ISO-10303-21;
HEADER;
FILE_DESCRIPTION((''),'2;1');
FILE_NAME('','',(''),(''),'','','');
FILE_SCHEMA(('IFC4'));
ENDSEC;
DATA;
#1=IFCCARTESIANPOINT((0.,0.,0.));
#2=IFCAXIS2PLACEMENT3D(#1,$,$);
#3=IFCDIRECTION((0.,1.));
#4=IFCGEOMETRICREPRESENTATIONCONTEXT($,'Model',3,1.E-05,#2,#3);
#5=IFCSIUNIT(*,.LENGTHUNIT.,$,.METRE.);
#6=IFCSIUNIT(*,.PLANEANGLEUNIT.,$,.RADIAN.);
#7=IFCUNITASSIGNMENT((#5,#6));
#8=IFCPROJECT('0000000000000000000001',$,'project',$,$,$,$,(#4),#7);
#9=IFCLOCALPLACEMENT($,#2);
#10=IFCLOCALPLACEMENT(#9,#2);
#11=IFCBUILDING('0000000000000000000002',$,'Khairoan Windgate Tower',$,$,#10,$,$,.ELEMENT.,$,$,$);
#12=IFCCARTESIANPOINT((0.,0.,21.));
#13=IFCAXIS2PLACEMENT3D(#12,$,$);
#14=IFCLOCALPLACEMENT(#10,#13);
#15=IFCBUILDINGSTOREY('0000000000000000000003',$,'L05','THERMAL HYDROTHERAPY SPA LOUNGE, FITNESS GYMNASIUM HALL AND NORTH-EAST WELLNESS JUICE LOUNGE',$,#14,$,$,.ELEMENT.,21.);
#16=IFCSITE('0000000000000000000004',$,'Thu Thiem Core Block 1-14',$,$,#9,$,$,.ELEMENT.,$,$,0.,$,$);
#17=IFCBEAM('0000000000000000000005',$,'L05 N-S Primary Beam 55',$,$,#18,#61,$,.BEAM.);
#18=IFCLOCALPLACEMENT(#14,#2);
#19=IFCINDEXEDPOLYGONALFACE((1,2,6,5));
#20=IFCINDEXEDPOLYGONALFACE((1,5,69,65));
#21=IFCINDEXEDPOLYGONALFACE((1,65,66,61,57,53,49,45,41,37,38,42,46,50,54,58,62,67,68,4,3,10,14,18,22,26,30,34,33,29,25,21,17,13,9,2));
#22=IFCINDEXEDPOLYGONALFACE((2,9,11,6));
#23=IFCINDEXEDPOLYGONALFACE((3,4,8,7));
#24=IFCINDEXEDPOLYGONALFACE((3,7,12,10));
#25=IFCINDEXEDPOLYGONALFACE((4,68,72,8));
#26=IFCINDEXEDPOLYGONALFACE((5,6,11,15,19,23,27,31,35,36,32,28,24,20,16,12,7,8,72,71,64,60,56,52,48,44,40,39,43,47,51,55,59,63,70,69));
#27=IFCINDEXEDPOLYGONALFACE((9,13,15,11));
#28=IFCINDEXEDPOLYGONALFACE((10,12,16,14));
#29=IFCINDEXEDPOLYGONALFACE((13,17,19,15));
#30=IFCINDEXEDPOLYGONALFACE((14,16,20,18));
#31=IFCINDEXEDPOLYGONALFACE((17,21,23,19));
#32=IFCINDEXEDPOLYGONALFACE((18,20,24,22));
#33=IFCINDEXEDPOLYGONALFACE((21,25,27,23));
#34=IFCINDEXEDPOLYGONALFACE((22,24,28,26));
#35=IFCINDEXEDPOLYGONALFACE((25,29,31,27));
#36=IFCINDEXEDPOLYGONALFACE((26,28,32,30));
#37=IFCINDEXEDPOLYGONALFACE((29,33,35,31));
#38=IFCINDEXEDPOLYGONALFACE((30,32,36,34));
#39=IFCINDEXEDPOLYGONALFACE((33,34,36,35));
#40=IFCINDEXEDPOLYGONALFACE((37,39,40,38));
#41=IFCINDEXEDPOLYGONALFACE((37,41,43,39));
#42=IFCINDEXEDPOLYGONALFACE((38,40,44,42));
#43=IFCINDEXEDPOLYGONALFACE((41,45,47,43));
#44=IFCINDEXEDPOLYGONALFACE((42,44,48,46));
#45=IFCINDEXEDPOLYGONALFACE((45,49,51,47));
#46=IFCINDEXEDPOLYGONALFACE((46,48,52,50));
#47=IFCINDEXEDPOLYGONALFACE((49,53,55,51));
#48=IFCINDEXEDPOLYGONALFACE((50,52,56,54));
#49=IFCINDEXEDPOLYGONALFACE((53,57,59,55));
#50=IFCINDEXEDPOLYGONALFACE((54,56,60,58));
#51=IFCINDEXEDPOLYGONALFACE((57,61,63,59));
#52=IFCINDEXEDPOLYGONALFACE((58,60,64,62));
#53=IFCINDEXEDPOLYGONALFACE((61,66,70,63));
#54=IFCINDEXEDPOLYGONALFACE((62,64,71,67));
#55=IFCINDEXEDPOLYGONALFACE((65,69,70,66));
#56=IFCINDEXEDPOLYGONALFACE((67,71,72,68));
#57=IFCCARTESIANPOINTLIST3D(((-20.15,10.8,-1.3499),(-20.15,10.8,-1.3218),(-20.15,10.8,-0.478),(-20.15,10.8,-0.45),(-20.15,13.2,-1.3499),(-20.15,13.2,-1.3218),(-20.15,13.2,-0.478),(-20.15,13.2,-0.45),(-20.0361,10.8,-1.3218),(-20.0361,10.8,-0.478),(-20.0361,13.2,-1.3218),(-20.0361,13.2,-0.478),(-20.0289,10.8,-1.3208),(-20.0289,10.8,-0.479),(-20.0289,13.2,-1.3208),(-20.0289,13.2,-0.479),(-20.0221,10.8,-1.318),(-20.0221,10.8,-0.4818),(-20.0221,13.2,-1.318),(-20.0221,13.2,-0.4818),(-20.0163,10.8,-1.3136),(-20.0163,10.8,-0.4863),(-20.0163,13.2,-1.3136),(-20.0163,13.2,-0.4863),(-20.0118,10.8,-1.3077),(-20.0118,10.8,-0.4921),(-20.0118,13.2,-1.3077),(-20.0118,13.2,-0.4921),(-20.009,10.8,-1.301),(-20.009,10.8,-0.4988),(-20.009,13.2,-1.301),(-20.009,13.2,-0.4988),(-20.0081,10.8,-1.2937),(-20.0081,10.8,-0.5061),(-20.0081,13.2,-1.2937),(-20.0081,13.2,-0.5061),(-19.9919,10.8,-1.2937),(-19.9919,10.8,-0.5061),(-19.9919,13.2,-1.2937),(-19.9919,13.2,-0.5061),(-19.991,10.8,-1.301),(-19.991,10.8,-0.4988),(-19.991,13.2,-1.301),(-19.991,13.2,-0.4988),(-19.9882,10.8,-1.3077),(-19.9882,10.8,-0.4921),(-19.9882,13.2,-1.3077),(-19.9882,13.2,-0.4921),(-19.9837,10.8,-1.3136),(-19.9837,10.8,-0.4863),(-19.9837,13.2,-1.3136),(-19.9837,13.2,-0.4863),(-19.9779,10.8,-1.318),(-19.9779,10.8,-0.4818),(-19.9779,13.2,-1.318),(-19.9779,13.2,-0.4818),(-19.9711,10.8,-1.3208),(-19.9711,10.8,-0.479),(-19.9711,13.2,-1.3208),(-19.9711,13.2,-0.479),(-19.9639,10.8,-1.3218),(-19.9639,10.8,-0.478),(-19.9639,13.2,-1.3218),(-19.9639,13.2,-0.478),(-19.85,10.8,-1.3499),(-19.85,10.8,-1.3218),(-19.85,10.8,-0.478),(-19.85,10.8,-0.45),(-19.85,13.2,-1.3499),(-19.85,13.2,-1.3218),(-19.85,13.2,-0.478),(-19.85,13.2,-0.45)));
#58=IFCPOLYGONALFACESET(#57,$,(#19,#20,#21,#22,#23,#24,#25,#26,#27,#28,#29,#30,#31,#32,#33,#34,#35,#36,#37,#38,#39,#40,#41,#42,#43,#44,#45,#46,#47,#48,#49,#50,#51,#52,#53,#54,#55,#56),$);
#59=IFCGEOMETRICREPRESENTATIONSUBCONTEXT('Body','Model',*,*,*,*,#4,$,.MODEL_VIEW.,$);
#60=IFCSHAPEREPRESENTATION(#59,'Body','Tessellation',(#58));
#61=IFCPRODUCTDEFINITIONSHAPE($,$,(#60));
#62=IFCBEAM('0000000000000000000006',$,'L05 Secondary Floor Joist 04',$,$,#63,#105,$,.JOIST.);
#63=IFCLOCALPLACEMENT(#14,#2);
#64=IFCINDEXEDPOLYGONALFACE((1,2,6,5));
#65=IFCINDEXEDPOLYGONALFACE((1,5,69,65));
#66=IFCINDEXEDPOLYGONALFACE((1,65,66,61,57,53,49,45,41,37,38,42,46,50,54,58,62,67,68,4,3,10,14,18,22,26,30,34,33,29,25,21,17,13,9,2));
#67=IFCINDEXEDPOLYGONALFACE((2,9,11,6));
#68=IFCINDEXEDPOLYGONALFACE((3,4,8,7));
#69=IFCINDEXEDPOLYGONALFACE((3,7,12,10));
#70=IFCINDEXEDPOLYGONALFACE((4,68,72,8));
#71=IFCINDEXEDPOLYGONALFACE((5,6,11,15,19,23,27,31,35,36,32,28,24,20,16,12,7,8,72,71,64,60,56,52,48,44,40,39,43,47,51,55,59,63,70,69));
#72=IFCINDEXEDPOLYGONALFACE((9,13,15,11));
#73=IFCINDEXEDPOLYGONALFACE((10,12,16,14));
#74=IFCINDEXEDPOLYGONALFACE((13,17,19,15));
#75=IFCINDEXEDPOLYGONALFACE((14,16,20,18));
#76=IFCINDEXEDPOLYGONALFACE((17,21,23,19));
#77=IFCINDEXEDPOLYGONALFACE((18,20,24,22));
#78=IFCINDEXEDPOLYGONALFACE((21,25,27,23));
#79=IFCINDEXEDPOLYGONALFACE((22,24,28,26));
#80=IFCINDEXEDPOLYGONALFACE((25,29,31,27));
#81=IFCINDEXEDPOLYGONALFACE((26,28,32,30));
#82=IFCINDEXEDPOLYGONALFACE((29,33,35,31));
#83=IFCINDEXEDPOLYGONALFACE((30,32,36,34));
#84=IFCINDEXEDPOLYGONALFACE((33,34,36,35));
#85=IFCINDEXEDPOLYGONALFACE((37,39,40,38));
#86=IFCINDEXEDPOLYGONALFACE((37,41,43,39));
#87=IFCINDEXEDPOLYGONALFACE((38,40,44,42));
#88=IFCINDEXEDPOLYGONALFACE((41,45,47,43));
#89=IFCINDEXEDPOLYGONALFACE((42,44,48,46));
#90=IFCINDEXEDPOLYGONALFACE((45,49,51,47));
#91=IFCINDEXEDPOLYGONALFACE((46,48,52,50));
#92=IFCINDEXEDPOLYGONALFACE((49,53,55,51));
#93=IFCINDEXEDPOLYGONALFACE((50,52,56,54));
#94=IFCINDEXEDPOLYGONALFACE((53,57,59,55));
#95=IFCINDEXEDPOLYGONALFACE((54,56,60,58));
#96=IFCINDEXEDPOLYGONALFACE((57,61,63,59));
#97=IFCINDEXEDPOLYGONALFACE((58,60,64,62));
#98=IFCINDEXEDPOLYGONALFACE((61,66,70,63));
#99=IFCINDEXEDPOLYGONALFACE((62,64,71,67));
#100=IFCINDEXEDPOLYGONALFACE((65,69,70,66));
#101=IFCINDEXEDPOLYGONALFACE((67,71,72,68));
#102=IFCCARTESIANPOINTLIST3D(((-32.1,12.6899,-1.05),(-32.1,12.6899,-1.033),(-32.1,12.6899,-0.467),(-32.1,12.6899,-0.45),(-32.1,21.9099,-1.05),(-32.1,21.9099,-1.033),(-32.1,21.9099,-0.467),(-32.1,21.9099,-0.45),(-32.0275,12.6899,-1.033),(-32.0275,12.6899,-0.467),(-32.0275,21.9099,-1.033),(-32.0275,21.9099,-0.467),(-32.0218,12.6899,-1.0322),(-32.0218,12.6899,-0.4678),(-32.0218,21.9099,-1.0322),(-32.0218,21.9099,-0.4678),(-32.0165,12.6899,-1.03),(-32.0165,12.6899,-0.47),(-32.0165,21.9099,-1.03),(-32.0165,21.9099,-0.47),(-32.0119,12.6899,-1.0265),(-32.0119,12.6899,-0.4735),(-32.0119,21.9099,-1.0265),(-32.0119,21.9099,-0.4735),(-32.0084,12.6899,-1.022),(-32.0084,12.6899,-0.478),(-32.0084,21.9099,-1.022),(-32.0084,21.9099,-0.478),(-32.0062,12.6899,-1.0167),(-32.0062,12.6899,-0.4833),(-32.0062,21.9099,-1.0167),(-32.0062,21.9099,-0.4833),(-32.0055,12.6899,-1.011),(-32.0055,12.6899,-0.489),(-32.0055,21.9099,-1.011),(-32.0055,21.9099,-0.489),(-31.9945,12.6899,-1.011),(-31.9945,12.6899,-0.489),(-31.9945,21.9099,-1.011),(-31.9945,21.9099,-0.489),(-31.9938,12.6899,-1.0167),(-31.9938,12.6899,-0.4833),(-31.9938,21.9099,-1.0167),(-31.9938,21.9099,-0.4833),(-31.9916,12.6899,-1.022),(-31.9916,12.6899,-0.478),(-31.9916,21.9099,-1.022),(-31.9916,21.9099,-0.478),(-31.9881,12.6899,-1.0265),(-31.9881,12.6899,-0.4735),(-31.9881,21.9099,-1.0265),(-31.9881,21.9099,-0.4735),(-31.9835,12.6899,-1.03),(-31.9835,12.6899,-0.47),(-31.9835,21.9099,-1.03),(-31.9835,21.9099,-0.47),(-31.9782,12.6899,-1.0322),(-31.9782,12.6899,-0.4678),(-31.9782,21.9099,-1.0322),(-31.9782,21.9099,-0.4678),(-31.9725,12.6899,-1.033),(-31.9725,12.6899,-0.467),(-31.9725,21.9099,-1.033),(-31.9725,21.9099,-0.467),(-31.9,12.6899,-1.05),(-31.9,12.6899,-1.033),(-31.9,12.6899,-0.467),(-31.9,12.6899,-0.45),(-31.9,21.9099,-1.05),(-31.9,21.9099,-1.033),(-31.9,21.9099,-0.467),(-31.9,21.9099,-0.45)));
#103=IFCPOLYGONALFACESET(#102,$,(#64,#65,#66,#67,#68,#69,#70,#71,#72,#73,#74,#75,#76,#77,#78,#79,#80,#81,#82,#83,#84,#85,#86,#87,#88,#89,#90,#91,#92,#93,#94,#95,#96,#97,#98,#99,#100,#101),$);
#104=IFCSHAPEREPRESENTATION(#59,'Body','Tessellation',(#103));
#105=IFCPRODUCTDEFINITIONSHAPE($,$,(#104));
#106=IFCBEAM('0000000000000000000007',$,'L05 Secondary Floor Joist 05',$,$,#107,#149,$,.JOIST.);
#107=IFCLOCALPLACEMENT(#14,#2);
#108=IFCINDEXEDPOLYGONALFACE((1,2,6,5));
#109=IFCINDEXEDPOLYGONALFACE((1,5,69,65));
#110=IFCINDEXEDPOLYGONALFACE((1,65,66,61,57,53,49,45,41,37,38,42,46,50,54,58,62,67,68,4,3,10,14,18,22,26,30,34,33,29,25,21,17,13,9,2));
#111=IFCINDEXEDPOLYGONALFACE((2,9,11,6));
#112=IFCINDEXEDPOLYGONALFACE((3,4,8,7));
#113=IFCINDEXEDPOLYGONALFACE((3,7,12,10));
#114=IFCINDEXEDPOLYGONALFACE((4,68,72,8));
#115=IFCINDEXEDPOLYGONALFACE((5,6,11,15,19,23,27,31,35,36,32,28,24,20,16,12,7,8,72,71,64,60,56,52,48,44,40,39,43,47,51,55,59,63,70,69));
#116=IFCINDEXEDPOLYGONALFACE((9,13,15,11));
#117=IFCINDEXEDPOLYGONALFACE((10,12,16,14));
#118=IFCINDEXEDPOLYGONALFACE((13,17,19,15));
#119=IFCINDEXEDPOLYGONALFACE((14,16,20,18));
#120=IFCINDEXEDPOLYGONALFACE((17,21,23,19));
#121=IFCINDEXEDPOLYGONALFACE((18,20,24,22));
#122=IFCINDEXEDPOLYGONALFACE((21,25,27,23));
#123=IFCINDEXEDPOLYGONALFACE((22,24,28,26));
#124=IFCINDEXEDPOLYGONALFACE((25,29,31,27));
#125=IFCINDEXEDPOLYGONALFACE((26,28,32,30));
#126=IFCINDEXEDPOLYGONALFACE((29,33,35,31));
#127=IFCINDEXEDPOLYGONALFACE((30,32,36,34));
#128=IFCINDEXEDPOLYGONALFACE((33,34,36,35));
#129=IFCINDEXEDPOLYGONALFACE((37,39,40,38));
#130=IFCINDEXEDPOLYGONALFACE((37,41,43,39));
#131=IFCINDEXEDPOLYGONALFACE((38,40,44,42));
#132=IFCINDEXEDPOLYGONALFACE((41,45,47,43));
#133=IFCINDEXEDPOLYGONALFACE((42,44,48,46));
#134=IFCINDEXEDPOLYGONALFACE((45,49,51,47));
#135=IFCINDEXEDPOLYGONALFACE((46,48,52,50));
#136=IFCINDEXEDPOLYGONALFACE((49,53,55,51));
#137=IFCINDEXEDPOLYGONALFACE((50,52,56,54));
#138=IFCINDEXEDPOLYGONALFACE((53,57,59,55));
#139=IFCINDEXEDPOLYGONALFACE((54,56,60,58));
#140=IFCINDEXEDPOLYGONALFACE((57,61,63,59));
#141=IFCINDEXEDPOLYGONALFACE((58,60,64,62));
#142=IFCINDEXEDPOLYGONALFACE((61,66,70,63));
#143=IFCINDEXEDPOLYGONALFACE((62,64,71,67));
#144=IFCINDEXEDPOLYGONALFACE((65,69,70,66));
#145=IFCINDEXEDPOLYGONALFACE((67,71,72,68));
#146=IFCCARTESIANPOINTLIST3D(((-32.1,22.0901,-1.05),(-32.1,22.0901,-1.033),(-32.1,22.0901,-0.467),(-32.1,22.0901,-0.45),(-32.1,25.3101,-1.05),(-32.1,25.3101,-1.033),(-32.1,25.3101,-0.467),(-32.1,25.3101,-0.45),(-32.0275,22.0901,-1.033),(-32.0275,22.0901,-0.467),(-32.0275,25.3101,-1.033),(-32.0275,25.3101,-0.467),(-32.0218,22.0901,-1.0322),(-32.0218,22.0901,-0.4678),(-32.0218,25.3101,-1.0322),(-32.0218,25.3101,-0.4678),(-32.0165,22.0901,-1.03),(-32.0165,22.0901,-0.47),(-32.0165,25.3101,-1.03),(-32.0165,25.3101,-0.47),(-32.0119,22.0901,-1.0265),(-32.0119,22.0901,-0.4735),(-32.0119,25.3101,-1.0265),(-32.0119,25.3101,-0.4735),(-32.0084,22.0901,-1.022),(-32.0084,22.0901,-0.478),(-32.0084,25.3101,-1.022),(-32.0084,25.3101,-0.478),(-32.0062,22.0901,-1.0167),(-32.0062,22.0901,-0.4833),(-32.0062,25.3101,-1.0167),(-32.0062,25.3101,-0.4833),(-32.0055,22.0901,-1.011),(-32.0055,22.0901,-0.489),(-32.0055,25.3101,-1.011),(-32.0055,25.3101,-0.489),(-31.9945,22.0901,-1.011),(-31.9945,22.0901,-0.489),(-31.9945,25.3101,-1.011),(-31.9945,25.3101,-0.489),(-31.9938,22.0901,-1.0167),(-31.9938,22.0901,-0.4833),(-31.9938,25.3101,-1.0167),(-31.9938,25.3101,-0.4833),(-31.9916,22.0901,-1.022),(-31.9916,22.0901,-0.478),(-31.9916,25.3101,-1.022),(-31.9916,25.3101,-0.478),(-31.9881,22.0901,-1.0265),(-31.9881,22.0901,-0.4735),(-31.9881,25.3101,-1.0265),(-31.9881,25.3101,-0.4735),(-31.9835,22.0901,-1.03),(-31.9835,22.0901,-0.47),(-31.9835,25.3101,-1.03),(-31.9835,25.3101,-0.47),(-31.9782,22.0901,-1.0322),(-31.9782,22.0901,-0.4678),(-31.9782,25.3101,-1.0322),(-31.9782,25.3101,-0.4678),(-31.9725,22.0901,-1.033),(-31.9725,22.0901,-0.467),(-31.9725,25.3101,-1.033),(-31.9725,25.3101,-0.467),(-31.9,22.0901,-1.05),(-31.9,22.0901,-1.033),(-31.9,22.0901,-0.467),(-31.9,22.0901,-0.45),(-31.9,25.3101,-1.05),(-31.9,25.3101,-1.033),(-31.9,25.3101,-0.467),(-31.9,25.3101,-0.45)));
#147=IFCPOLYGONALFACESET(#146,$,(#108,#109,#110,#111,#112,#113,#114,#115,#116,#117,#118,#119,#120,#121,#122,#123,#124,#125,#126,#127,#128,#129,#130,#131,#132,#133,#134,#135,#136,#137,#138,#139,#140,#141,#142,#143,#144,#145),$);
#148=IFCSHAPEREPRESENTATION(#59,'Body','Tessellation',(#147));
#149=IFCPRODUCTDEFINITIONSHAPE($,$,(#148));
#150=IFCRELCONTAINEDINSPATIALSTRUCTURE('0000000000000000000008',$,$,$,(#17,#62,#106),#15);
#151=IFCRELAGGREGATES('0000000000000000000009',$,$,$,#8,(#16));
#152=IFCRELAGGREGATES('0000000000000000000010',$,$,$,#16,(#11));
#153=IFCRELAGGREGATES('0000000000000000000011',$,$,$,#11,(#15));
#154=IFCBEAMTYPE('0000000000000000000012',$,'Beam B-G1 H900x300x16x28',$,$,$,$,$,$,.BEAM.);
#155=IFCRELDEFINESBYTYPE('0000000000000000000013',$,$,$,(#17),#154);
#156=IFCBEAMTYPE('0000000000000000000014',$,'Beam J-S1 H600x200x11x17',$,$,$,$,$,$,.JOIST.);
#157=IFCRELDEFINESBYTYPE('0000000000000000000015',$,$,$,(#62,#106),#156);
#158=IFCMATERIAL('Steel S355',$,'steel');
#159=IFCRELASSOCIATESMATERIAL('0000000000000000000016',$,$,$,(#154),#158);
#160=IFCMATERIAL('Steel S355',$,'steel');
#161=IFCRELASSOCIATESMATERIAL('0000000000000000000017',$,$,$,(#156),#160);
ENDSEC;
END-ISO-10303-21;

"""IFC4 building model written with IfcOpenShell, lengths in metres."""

from ifc_helpers import new_model, si_unit, direction, frame, origin, origin_2d, place, context, subcontext, project, spatial, i_section, extrude, material, material_profile, profile_set, type_object, element, save


model = new_model("IFC4")

# Units and contexts
model_context = context("Model", 3, precision=1e-05, world=origin(), true_north=direction((0.0, 1.0)))
body_context = subcontext(model_context, "Body", "Model", "MODEL_VIEW")
ifc_project = project(units=[si_unit("LENGTHUNIT", "METRE"), si_unit("PLANEANGLEUNIT", "RADIAN")], contexts=[model_context])

# Site, building, storey
site_placement = place(None, origin())
site = spatial("IfcSite", under=ifc_project, at=site_placement, Name="Thu Thiem Core Block 1-14", CompositionType="ELEMENT", RefElevation=0.0)
building_placement = place(site_placement, origin())
building = spatial("IfcBuilding", under=site, at=building_placement, Name="Khairoan Windgate Tower", CompositionType="ELEMENT")
storey_placement = place(building_placement, frame((0.0, 0.0, 21.0)))
storey = spatial("IfcBuildingStorey", under=building, at=storey_placement, Name="L05", Description="THERMAL HYDROTHERAPY SPA LOUNGE, FITNESS GYMNASIUM HALL AND NORTH-EAST WELLNESS JUICE LOUNGE", CompositionType="ELEMENT", Elevation=21.0)

# Beams
ifc_material_1 = material(Name="Steel S355", Category="steel")
ifc_material_profile_1 = material_profile(ifc_material_1, i_section(OverallWidth=0.3, OverallDepth=0.8999, WebThickness=0.0161, FlangeThickness=0.0281, FilletRadius=0.0281, at=origin_2d()))
ifc_profile_set_1 = profile_set([ifc_material_profile_1], Name="Steel S355")
beam_type_1 = type_object("IfcBeamType", Name="Beam B-G1 H900x300x16x28", PredefinedType="BEAM", material=ifc_profile_set_1)
beam_1_placement = place(storey_placement, frame((-20.0, 10.8, -0.8999), z_axis=(0.0, 1.0, 0.0), x_axis=(-1.0, 0.0, 0.0)))
element("IfcBeam", 1, at=beam_1_placement, inside=storey, type_object=beam_type_1, Name="L05 N-S Primary Beam 55", PredefinedType="BEAM", context=body_context, shape_type="SweptSolid", body=[
    extrude(i_section(OverallWidth=0.3, OverallDepth=0.8999, WebThickness=0.0161, FlangeThickness=0.0281, FilletRadius=0.0281, at=origin_2d()), origin(), (0.0, 0.0, 1.0), 2.3999),
])
ifc_material_2 = material(Name="Steel S355", Category="steel")
ifc_material_profile_2 = material_profile(ifc_material_2, i_section(OverallWidth=0.2, OverallDepth=0.6001, WebThickness=0.011, FlangeThickness=0.0171, FilletRadius=0.022, at=origin_2d()))
ifc_profile_set_2 = profile_set([ifc_material_profile_2], Name="Steel S355")
beam_type_2 = type_object("IfcBeamType", Name="Beam J-S1 H600x200x11x17", PredefinedType="JOIST", material=ifc_profile_set_2)
beam_2_placement = place(storey_placement, frame((-32.0, 12.6899, -0.75), z_axis=(0.0, 1.0, 0.0), x_axis=(-1.0, 0.0, 0.0)))
element("IfcBeam", 2, at=beam_2_placement, inside=storey, type_object=beam_type_2, Name="L05 Secondary Floor Joist 04", PredefinedType="JOIST", context=body_context, shape_type="SweptSolid", body=[
    extrude(i_section(OverallWidth=0.2, OverallDepth=0.6001, WebThickness=0.011, FlangeThickness=0.0171, FilletRadius=0.022, at=origin_2d()), origin(), (0.0, 0.0, 1.0), 9.22),
])
beam_3_placement = place(storey_placement, frame((-32.0, 22.0901, -0.75), z_axis=(0.0, 1.0, 0.0), x_axis=(-1.0, 0.0, 0.0)))
element("IfcBeam", 3, at=beam_3_placement, inside=storey, type_object=beam_type_2, Name="L05 Secondary Floor Joist 05", PredefinedType="JOIST", context=body_context, shape_type="SweptSolid", body=[
    extrude(i_section(OverallWidth=0.2, OverallDepth=0.6001, WebThickness=0.011, FlangeThickness=0.0171, FilletRadius=0.022, at=origin_2d()), origin(), (0.0, 0.0, 1.0), 3.22),
])

save(model, "model.ifc")
